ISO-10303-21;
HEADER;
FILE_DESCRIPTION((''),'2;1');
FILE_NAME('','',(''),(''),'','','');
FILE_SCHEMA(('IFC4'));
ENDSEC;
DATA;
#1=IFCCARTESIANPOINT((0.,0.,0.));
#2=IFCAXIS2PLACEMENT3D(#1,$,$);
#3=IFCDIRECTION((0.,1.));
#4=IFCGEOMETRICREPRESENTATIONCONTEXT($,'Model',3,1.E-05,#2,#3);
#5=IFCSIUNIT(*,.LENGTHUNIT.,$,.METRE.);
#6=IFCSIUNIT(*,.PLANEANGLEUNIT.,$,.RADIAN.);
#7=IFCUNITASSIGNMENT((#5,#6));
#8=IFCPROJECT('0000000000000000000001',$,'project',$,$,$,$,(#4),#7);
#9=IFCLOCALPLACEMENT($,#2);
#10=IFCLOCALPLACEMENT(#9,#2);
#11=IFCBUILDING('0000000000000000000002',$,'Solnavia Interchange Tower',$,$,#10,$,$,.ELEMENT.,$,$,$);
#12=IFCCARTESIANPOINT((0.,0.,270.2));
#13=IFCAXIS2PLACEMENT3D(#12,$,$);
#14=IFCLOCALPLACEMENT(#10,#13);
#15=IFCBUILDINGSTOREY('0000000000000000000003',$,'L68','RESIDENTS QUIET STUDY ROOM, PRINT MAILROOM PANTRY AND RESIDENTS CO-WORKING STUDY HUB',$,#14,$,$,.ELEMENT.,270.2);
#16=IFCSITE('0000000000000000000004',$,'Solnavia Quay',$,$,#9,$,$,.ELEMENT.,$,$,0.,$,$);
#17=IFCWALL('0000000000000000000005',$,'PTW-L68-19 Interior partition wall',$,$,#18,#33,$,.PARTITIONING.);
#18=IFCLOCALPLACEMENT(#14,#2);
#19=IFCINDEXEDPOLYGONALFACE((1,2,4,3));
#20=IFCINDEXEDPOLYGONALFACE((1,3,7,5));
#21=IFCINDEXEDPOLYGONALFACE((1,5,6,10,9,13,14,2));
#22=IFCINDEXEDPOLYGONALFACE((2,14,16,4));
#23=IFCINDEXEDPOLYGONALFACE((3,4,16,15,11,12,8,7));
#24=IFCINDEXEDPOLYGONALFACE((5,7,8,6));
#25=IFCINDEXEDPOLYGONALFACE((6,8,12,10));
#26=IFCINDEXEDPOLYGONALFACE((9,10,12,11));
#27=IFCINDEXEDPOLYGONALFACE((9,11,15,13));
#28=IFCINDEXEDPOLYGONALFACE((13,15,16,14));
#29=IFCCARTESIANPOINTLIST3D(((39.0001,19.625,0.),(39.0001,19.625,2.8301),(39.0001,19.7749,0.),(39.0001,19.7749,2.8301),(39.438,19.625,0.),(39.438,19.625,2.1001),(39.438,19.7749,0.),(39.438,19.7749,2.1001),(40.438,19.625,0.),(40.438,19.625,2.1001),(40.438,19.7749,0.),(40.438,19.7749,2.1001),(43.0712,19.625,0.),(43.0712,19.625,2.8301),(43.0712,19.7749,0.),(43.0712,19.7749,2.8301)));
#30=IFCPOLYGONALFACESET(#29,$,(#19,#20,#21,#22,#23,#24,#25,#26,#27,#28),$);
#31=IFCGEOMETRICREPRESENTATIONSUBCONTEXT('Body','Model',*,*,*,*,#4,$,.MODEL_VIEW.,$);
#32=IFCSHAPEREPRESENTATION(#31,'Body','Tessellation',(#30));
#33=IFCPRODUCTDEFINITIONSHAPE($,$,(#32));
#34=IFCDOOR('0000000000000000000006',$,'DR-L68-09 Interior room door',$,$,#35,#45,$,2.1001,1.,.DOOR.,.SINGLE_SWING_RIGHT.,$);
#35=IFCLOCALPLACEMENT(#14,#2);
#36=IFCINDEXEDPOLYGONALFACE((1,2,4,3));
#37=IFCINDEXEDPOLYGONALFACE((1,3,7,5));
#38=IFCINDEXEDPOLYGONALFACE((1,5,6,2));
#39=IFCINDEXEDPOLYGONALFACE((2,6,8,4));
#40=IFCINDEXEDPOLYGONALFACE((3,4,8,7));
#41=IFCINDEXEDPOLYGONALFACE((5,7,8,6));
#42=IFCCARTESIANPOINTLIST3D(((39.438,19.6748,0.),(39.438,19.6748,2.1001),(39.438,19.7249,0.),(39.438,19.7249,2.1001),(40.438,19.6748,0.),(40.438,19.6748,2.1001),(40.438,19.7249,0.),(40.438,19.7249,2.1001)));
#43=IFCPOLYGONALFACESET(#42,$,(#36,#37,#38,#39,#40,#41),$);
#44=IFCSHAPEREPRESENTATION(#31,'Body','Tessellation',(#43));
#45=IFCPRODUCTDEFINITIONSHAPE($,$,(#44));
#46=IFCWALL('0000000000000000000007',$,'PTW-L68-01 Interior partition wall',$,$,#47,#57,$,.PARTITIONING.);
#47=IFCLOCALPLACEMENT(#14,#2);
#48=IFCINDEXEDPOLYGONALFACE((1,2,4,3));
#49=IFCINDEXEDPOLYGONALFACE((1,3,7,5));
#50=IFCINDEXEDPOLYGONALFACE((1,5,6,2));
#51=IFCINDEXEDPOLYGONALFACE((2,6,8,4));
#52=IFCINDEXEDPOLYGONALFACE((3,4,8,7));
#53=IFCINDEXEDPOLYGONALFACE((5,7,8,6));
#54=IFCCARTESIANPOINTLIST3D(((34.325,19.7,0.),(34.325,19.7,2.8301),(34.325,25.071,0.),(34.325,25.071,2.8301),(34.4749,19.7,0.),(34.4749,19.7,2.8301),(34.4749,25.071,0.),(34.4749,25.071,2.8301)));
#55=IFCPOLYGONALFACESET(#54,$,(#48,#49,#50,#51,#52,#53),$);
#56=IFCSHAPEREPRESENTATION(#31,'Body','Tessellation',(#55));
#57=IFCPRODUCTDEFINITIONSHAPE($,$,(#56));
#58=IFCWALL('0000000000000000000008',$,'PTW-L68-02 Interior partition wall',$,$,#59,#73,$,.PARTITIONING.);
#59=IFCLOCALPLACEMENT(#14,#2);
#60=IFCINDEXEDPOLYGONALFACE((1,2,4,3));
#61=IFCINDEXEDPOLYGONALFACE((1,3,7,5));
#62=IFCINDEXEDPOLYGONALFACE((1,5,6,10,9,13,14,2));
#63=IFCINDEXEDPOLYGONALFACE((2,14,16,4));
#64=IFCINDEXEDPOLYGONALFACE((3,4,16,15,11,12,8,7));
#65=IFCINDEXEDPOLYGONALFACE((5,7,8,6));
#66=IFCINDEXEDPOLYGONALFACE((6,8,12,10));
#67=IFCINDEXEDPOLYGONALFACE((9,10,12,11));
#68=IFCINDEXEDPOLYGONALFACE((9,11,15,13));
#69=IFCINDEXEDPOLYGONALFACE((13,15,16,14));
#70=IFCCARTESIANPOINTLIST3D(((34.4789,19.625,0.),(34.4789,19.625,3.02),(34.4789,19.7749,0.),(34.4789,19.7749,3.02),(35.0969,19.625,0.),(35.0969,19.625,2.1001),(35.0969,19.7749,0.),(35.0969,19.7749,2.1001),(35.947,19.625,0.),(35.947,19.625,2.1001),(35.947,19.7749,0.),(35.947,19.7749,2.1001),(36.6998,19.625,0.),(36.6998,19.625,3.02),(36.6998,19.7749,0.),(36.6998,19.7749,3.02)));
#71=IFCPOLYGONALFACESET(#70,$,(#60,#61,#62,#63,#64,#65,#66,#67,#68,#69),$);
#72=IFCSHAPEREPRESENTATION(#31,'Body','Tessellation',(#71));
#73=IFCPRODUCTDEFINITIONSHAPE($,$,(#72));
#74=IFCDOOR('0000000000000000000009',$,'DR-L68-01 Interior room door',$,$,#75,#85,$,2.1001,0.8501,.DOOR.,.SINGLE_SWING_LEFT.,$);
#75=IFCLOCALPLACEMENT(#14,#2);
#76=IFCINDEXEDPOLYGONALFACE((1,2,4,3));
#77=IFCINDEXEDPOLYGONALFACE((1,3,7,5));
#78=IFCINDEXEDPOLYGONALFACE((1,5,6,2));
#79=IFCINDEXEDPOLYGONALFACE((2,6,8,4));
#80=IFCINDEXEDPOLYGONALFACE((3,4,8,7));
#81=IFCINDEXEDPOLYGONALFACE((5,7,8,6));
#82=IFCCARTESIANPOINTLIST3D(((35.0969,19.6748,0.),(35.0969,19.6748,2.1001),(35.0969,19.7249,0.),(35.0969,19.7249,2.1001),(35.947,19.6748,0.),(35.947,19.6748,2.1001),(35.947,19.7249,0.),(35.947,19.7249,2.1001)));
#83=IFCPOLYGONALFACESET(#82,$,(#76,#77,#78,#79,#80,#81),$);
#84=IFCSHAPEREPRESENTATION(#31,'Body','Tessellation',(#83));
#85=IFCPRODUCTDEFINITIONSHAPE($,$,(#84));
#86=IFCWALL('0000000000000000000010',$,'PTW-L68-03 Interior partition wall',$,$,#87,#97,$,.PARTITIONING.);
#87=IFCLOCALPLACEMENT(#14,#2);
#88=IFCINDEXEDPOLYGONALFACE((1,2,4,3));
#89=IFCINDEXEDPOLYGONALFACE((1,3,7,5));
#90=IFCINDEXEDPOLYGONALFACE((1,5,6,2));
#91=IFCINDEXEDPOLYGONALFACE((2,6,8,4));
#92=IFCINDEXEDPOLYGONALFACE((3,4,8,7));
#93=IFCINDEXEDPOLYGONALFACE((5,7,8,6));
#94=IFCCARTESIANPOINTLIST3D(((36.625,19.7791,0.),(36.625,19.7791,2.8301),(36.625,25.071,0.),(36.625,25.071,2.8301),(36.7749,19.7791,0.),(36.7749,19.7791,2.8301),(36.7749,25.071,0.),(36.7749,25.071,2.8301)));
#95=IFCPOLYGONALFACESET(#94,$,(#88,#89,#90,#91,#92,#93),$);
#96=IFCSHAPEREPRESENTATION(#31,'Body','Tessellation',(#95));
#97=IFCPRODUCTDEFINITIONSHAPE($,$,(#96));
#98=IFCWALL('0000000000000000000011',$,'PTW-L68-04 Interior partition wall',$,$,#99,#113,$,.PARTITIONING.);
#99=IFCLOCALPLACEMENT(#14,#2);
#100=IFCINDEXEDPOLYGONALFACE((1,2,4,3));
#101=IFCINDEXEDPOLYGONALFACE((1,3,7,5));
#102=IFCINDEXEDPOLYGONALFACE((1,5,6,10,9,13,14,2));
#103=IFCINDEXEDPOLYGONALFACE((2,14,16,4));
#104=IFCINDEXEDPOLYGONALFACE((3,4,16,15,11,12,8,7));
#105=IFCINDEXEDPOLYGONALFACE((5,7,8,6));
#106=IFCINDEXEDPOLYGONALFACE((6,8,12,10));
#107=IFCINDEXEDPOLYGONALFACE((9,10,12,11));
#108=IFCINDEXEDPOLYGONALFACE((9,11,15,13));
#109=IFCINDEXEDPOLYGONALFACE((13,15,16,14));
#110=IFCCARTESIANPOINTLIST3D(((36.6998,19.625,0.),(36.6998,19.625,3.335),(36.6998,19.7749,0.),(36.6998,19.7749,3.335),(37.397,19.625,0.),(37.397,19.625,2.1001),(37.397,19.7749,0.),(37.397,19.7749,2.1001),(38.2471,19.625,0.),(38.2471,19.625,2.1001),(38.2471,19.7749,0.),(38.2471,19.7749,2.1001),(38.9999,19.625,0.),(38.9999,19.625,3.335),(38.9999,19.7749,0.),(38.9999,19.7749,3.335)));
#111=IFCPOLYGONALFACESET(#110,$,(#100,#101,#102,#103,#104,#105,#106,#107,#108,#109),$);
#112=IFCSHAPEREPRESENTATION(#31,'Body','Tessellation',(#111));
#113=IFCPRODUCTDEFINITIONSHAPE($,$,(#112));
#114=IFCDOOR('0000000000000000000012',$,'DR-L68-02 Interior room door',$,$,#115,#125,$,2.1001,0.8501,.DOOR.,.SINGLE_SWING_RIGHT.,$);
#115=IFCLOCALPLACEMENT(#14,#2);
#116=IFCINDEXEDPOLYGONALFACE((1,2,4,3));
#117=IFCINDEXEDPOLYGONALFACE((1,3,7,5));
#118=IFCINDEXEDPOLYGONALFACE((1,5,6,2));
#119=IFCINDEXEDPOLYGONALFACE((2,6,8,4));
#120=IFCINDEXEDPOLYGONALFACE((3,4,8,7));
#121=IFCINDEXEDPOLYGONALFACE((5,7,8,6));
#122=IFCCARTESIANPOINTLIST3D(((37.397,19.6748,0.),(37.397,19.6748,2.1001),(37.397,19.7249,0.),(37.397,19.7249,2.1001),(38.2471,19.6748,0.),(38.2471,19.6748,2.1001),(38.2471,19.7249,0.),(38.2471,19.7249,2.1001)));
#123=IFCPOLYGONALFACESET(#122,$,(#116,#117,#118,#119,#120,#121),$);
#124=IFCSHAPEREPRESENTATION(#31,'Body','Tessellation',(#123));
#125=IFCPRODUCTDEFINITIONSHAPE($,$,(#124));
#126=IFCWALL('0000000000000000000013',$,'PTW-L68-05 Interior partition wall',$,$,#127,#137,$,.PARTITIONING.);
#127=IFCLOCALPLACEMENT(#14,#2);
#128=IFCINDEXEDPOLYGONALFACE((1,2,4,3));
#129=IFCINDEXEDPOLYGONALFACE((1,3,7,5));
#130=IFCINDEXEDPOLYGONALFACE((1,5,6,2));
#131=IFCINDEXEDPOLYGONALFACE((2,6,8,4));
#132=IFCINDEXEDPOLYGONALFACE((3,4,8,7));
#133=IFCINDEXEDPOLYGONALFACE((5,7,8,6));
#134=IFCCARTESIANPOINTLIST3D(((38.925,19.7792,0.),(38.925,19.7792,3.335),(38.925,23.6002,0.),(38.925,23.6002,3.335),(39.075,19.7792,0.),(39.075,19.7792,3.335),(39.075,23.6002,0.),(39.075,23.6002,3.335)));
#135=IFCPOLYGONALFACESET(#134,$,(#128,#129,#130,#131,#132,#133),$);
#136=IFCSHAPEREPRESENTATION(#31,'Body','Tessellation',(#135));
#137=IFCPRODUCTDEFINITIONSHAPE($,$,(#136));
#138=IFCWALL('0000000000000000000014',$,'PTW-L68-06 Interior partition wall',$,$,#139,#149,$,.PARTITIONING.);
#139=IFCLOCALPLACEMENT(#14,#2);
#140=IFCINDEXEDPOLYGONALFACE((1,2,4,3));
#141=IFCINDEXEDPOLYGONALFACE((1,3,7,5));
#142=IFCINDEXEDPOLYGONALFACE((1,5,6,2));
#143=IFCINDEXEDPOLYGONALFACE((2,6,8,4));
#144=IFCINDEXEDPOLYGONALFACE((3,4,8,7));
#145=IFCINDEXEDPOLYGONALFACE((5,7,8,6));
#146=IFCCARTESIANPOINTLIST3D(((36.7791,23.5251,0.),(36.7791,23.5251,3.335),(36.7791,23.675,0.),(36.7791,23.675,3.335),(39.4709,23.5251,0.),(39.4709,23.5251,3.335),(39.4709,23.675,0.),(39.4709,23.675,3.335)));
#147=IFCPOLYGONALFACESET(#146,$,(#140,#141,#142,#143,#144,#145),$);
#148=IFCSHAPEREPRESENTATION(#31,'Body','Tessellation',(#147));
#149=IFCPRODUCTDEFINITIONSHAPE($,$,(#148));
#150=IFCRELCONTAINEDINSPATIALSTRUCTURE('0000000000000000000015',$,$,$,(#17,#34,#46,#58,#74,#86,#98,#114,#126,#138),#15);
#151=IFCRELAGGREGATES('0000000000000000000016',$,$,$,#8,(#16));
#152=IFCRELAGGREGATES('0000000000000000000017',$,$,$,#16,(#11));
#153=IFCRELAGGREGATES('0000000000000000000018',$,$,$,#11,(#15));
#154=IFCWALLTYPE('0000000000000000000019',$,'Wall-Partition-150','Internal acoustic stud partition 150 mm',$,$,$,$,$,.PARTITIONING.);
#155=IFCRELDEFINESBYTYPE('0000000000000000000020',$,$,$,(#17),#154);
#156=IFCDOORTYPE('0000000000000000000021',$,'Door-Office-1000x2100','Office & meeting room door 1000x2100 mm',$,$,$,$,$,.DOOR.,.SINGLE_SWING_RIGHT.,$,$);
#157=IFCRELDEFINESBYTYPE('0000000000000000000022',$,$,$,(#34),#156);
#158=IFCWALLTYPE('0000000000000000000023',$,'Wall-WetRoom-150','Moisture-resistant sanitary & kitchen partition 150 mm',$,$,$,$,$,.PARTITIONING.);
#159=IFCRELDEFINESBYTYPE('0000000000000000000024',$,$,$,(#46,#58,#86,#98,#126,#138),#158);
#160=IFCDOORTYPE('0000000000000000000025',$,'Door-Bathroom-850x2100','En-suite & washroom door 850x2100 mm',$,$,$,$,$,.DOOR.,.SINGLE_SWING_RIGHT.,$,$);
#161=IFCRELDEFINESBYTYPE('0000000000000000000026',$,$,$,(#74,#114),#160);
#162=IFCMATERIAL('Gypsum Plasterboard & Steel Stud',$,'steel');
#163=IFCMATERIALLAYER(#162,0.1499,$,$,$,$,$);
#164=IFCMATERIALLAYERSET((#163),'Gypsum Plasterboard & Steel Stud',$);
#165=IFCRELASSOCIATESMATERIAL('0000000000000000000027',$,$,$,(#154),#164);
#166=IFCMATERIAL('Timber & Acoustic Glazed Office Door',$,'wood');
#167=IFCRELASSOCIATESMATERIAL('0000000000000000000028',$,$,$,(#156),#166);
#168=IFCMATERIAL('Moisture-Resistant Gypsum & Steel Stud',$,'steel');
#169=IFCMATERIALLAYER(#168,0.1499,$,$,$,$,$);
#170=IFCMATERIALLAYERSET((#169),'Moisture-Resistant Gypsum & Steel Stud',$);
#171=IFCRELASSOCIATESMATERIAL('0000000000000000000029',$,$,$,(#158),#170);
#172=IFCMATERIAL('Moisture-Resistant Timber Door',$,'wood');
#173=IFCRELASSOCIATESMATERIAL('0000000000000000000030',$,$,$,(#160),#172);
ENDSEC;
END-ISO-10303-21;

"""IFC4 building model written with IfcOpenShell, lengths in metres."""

from ifc_helpers import new_model, si_unit, direction, frame, frame_2d, origin, place, context, subcontext, project, spatial, rectangle, extrude, material, layer, layer_set, type_object, element, fill, save


model = new_model("IFC4")

# Units and contexts
model_context = context("Model", 3, precision=1e-05, world=origin(), true_north=direction((0.0, 1.0)))
body_context = subcontext(model_context, "Body", "Model", "MODEL_VIEW")
ifc_project = project(units=[si_unit("LENGTHUNIT", "METRE"), si_unit("PLANEANGLEUNIT", "RADIAN")], contexts=[model_context])

# Site, building, storey
site_placement = place(None, origin())
site = spatial("IfcSite", under=ifc_project, at=site_placement, Name="Solnavia Quay", CompositionType="ELEMENT", RefElevation=0.0)
building_placement = place(site_placement, origin())
building = spatial("IfcBuilding", under=site, at=building_placement, Name="Solnavia Interchange Tower", CompositionType="ELEMENT")
storey_placement = place(building_placement, frame((0.0, 0.0, 270.2)))
storey = spatial("IfcBuildingStorey", under=building, at=storey_placement, Name="L68", Description="RESIDENTS QUIET STUDY ROOM, PRINT MAILROOM PANTRY AND RESIDENTS CO-WORKING STUDY HUB", CompositionType="ELEMENT", Elevation=270.2)

# Wall, opening, door
ifc_material_1 = material(Name="Gypsum Plasterboard & Steel Stud", Category="steel")
ifc_layer_1 = layer(ifc_material_1, 0.1499)
ifc_layer_set_1 = layer_set([ifc_layer_1], Name="Gypsum Plasterboard & Steel Stud")
wall_type_1 = type_object("IfcWallType", Name="Wall-Partition-150", Description="Internal acoustic stud partition 150 mm", PredefinedType="PARTITIONING", material=ifc_layer_set_1)
ifc_material_2 = material(Name="Timber & Acoustic Glazed Office Door", Category="wood")
door_type_1 = type_object("IfcDoorType", Name="Door-Office-1000x2100", Description="Office & meeting room door 1000x2100 mm", OperationType="SINGLE_SWING_RIGHT", PredefinedType="DOOR", material=ifc_material_2)
wall_1_placement = place(storey_placement, frame((39.0, 19.7, 0.0), z_axis=(0.0, 0.0, 1.0), x_axis=(1.0, 0.0, 0.0)))
wall_1 = element("IfcWall", 1, at=wall_1_placement, inside=storey, type_object=wall_type_1, Name="PTW-L68-19 Interior partition wall", PredefinedType="PARTITIONING", context=body_context, shape_type="SweptSolid", body=[
    extrude(rectangle(XDim=4.071, YDim=0.1499, at=frame_2d((2.0356, 0.0))), origin(), (0.0, 0.0, 1.0), 2.8301),
])
opening_1_placement = place(wall_1_placement, frame((0.438, 0.0, 0.0)))
opening_1 = element("IfcOpeningElement", 2, at=opening_1_placement, cuts=wall_1, PredefinedType="OPENING", context=body_context, shape_type="SweptSolid", body=[
    extrude(rectangle(XDim=1.0, YDim=2.1001, at=frame_2d((0.5, 1.05))), frame((0.0, 0.085, 0.0), z_axis=(0.0, -1.0, 0.0), x_axis=(1.0, 0.0, 0.0)), (0.0, 0.0, 1.0), 0.1699),
])
door_1_placement = place(opening_1_placement, origin())
door_1 = element("IfcDoor", 3, at=door_1_placement, inside=storey, type_object=door_type_1, Name="DR-L68-09 Interior room door", OperationType="SINGLE_SWING_RIGHT", OverallHeight=2.1001, OverallWidth=1.0, PredefinedType="DOOR", context=body_context, shape_type="SweptSolid", body=[
    extrude(rectangle(XDim=1.0, YDim=2.1001, at=frame_2d((0.5, 1.05))), frame((0.0, 0.0249, 0.0), z_axis=(0.0, -1.0, 0.0), x_axis=(1.0, 0.0, 0.0)), (0.0, 0.0, 1.0), 0.05),
])
fill(opening_1, door_1)

# Wall
ifc_material_3 = material(Name="Moisture-Resistant Gypsum & Steel Stud", Category="steel")
ifc_layer_2 = layer(ifc_material_3, 0.1499)
ifc_layer_set_2 = layer_set([ifc_layer_2], Name="Moisture-Resistant Gypsum & Steel Stud")
wall_type_2 = type_object("IfcWallType", Name="Wall-WetRoom-150", Description="Moisture-resistant sanitary & kitchen partition 150 mm", PredefinedType="PARTITIONING", material=ifc_layer_set_2)
wall_2_placement = place(storey_placement, frame((34.3999, 19.7, 0.0), z_axis=(0.0, 0.0, 1.0), x_axis=(0.0, 1.0, 0.0)))
element("IfcWall", 4, at=wall_2_placement, inside=storey, type_object=wall_type_2, Name="PTW-L68-01 Interior partition wall", PredefinedType="PARTITIONING", context=body_context, shape_type="SweptSolid", body=[
    extrude(rectangle(XDim=5.3711, YDim=0.1499, at=frame_2d((2.6855, 0.0))), origin(), (0.0, 0.0, 1.0), 2.8301),
])

# Wall, opening, door
wall_3_placement = place(storey_placement, frame((34.479, 19.7, 0.0), z_axis=(0.0, 0.0, 1.0), x_axis=(1.0, 0.0, 0.0)))
wall_3 = element("IfcWall", 5, at=wall_3_placement, inside=storey, type_object=wall_type_2, Name="PTW-L68-02 Interior partition wall", PredefinedType="PARTITIONING", context=body_context, shape_type="SweptSolid", body=[
    extrude(rectangle(XDim=2.2209, YDim=0.1499, at=frame_2d((1.1104, 0.0))), origin(), (0.0, 0.0, 1.0), 3.02),
])
opening_2_placement = place(wall_3_placement, frame((0.6179, 0.0, 0.0)))
opening_2 = element("IfcOpeningElement", 6, at=opening_2_placement, cuts=wall_3, PredefinedType="OPENING", context=body_context, shape_type="SweptSolid", body=[
    extrude(rectangle(XDim=0.8501, YDim=2.1001, at=frame_2d((0.425, 1.05))), frame((0.0, 0.085, 0.0), z_axis=(0.0, -1.0, 0.0), x_axis=(1.0, 0.0, 0.0)), (0.0, 0.0, 1.0), 0.1699),
])
ifc_material_4 = material(Name="Moisture-Resistant Timber Door", Category="wood")
door_type_2 = type_object("IfcDoorType", Name="Door-Bathroom-850x2100", Description="En-suite & washroom door 850x2100 mm", OperationType="SINGLE_SWING_RIGHT", PredefinedType="DOOR", material=ifc_material_4)
door_2_placement = place(opening_2_placement, origin())
door_2 = element("IfcDoor", 7, at=door_2_placement, inside=storey, type_object=door_type_2, Name="DR-L68-01 Interior room door", OperationType="SINGLE_SWING_LEFT", OverallHeight=2.1001, OverallWidth=0.8501, PredefinedType="DOOR", context=body_context, shape_type="SweptSolid", body=[
    extrude(rectangle(XDim=0.8501, YDim=2.1001, at=frame_2d((0.425, 1.05))), frame((0.0, 0.0249, 0.0), z_axis=(0.0, -1.0, 0.0), x_axis=(1.0, 0.0, 0.0)), (0.0, 0.0, 1.0), 0.05),
])
fill(opening_2, door_2)

# Wall
wall_4_placement = place(storey_placement, frame((36.7, 19.7791, 0.0), z_axis=(0.0, 0.0, 1.0), x_axis=(0.0, 1.0, 0.0)))
element("IfcWall", 8, at=wall_4_placement, inside=storey, type_object=wall_type_2, Name="PTW-L68-03 Interior partition wall", PredefinedType="PARTITIONING", context=body_context, shape_type="SweptSolid", body=[
    extrude(rectangle(XDim=5.292, YDim=0.1499, at=frame_2d((2.646, 0.0))), origin(), (0.0, 0.0, 1.0), 2.8301),
])

# Wall, opening, door
wall_5_placement = place(storey_placement, frame((36.7, 19.7, 0.0), z_axis=(0.0, 0.0, 1.0), x_axis=(1.0, 0.0, 0.0)))
wall_5 = element("IfcWall", 9, at=wall_5_placement, inside=storey, type_object=wall_type_2, Name="PTW-L68-04 Interior partition wall", PredefinedType="PARTITIONING", context=body_context, shape_type="SweptSolid", body=[
    extrude(rectangle(XDim=2.3, YDim=0.1499, at=frame_2d((1.1499, 0.0))), origin(), (0.0, 0.0, 1.0), 3.335),
])
opening_3_placement = place(wall_5_placement, frame((0.697, 0.0, 0.0)))
opening_3 = element("IfcOpeningElement", 10, at=opening_3_placement, cuts=wall_5, PredefinedType="OPENING", context=body_context, shape_type="SweptSolid", body=[
    extrude(rectangle(XDim=0.8501, YDim=2.1001, at=frame_2d((0.425, 1.05))), frame((0.0, 0.085, 0.0), z_axis=(0.0, -1.0, 0.0), x_axis=(1.0, 0.0, 0.0)), (0.0, 0.0, 1.0), 0.1699),
])
door_3_placement = place(opening_3_placement, origin())
door_3 = element("IfcDoor", 11, at=door_3_placement, inside=storey, type_object=door_type_2, Name="DR-L68-02 Interior room door", OperationType="SINGLE_SWING_RIGHT", OverallHeight=2.1001, OverallWidth=0.8501, PredefinedType="DOOR", context=body_context, shape_type="SweptSolid", body=[
    extrude(rectangle(XDim=0.8501, YDim=2.1001, at=frame_2d((0.425, 1.05))), frame((0.0, 0.0249, 0.0), z_axis=(0.0, -1.0, 0.0), x_axis=(1.0, 0.0, 0.0)), (0.0, 0.0, 1.0), 0.05),
])
fill(opening_3, door_3)

# Walls
wall_6_placement = place(storey_placement, frame((39.0, 19.7791, 0.0), z_axis=(0.0, 0.0, 1.0), x_axis=(0.0, 1.0, 0.0)))
element("IfcWall", 12, at=wall_6_placement, inside=storey, type_object=wall_type_2, Name="PTW-L68-05 Interior partition wall", PredefinedType="PARTITIONING", context=body_context, shape_type="SweptSolid", body=[
    extrude(rectangle(XDim=3.821, YDim=0.1499, at=frame_2d((1.9106, 0.0))), origin(), (0.0, 0.0, 1.0), 3.335),
])
wall_7_placement = place(storey_placement, frame((36.7791, 23.6001, 0.0), z_axis=(0.0, 0.0, 1.0), x_axis=(1.0, 0.0, 0.0)))
element("IfcWall", 13, at=wall_7_placement, inside=storey, type_object=wall_type_2, Name="PTW-L68-06 Interior partition wall", PredefinedType="PARTITIONING", context=body_context, shape_type="SweptSolid", body=[
    extrude(rectangle(XDim=2.6919, YDim=0.1499, at=frame_2d((1.3459, 0.0))), origin(), (0.0, 0.0, 1.0), 3.335),
])

save(model, "model.ifc")
